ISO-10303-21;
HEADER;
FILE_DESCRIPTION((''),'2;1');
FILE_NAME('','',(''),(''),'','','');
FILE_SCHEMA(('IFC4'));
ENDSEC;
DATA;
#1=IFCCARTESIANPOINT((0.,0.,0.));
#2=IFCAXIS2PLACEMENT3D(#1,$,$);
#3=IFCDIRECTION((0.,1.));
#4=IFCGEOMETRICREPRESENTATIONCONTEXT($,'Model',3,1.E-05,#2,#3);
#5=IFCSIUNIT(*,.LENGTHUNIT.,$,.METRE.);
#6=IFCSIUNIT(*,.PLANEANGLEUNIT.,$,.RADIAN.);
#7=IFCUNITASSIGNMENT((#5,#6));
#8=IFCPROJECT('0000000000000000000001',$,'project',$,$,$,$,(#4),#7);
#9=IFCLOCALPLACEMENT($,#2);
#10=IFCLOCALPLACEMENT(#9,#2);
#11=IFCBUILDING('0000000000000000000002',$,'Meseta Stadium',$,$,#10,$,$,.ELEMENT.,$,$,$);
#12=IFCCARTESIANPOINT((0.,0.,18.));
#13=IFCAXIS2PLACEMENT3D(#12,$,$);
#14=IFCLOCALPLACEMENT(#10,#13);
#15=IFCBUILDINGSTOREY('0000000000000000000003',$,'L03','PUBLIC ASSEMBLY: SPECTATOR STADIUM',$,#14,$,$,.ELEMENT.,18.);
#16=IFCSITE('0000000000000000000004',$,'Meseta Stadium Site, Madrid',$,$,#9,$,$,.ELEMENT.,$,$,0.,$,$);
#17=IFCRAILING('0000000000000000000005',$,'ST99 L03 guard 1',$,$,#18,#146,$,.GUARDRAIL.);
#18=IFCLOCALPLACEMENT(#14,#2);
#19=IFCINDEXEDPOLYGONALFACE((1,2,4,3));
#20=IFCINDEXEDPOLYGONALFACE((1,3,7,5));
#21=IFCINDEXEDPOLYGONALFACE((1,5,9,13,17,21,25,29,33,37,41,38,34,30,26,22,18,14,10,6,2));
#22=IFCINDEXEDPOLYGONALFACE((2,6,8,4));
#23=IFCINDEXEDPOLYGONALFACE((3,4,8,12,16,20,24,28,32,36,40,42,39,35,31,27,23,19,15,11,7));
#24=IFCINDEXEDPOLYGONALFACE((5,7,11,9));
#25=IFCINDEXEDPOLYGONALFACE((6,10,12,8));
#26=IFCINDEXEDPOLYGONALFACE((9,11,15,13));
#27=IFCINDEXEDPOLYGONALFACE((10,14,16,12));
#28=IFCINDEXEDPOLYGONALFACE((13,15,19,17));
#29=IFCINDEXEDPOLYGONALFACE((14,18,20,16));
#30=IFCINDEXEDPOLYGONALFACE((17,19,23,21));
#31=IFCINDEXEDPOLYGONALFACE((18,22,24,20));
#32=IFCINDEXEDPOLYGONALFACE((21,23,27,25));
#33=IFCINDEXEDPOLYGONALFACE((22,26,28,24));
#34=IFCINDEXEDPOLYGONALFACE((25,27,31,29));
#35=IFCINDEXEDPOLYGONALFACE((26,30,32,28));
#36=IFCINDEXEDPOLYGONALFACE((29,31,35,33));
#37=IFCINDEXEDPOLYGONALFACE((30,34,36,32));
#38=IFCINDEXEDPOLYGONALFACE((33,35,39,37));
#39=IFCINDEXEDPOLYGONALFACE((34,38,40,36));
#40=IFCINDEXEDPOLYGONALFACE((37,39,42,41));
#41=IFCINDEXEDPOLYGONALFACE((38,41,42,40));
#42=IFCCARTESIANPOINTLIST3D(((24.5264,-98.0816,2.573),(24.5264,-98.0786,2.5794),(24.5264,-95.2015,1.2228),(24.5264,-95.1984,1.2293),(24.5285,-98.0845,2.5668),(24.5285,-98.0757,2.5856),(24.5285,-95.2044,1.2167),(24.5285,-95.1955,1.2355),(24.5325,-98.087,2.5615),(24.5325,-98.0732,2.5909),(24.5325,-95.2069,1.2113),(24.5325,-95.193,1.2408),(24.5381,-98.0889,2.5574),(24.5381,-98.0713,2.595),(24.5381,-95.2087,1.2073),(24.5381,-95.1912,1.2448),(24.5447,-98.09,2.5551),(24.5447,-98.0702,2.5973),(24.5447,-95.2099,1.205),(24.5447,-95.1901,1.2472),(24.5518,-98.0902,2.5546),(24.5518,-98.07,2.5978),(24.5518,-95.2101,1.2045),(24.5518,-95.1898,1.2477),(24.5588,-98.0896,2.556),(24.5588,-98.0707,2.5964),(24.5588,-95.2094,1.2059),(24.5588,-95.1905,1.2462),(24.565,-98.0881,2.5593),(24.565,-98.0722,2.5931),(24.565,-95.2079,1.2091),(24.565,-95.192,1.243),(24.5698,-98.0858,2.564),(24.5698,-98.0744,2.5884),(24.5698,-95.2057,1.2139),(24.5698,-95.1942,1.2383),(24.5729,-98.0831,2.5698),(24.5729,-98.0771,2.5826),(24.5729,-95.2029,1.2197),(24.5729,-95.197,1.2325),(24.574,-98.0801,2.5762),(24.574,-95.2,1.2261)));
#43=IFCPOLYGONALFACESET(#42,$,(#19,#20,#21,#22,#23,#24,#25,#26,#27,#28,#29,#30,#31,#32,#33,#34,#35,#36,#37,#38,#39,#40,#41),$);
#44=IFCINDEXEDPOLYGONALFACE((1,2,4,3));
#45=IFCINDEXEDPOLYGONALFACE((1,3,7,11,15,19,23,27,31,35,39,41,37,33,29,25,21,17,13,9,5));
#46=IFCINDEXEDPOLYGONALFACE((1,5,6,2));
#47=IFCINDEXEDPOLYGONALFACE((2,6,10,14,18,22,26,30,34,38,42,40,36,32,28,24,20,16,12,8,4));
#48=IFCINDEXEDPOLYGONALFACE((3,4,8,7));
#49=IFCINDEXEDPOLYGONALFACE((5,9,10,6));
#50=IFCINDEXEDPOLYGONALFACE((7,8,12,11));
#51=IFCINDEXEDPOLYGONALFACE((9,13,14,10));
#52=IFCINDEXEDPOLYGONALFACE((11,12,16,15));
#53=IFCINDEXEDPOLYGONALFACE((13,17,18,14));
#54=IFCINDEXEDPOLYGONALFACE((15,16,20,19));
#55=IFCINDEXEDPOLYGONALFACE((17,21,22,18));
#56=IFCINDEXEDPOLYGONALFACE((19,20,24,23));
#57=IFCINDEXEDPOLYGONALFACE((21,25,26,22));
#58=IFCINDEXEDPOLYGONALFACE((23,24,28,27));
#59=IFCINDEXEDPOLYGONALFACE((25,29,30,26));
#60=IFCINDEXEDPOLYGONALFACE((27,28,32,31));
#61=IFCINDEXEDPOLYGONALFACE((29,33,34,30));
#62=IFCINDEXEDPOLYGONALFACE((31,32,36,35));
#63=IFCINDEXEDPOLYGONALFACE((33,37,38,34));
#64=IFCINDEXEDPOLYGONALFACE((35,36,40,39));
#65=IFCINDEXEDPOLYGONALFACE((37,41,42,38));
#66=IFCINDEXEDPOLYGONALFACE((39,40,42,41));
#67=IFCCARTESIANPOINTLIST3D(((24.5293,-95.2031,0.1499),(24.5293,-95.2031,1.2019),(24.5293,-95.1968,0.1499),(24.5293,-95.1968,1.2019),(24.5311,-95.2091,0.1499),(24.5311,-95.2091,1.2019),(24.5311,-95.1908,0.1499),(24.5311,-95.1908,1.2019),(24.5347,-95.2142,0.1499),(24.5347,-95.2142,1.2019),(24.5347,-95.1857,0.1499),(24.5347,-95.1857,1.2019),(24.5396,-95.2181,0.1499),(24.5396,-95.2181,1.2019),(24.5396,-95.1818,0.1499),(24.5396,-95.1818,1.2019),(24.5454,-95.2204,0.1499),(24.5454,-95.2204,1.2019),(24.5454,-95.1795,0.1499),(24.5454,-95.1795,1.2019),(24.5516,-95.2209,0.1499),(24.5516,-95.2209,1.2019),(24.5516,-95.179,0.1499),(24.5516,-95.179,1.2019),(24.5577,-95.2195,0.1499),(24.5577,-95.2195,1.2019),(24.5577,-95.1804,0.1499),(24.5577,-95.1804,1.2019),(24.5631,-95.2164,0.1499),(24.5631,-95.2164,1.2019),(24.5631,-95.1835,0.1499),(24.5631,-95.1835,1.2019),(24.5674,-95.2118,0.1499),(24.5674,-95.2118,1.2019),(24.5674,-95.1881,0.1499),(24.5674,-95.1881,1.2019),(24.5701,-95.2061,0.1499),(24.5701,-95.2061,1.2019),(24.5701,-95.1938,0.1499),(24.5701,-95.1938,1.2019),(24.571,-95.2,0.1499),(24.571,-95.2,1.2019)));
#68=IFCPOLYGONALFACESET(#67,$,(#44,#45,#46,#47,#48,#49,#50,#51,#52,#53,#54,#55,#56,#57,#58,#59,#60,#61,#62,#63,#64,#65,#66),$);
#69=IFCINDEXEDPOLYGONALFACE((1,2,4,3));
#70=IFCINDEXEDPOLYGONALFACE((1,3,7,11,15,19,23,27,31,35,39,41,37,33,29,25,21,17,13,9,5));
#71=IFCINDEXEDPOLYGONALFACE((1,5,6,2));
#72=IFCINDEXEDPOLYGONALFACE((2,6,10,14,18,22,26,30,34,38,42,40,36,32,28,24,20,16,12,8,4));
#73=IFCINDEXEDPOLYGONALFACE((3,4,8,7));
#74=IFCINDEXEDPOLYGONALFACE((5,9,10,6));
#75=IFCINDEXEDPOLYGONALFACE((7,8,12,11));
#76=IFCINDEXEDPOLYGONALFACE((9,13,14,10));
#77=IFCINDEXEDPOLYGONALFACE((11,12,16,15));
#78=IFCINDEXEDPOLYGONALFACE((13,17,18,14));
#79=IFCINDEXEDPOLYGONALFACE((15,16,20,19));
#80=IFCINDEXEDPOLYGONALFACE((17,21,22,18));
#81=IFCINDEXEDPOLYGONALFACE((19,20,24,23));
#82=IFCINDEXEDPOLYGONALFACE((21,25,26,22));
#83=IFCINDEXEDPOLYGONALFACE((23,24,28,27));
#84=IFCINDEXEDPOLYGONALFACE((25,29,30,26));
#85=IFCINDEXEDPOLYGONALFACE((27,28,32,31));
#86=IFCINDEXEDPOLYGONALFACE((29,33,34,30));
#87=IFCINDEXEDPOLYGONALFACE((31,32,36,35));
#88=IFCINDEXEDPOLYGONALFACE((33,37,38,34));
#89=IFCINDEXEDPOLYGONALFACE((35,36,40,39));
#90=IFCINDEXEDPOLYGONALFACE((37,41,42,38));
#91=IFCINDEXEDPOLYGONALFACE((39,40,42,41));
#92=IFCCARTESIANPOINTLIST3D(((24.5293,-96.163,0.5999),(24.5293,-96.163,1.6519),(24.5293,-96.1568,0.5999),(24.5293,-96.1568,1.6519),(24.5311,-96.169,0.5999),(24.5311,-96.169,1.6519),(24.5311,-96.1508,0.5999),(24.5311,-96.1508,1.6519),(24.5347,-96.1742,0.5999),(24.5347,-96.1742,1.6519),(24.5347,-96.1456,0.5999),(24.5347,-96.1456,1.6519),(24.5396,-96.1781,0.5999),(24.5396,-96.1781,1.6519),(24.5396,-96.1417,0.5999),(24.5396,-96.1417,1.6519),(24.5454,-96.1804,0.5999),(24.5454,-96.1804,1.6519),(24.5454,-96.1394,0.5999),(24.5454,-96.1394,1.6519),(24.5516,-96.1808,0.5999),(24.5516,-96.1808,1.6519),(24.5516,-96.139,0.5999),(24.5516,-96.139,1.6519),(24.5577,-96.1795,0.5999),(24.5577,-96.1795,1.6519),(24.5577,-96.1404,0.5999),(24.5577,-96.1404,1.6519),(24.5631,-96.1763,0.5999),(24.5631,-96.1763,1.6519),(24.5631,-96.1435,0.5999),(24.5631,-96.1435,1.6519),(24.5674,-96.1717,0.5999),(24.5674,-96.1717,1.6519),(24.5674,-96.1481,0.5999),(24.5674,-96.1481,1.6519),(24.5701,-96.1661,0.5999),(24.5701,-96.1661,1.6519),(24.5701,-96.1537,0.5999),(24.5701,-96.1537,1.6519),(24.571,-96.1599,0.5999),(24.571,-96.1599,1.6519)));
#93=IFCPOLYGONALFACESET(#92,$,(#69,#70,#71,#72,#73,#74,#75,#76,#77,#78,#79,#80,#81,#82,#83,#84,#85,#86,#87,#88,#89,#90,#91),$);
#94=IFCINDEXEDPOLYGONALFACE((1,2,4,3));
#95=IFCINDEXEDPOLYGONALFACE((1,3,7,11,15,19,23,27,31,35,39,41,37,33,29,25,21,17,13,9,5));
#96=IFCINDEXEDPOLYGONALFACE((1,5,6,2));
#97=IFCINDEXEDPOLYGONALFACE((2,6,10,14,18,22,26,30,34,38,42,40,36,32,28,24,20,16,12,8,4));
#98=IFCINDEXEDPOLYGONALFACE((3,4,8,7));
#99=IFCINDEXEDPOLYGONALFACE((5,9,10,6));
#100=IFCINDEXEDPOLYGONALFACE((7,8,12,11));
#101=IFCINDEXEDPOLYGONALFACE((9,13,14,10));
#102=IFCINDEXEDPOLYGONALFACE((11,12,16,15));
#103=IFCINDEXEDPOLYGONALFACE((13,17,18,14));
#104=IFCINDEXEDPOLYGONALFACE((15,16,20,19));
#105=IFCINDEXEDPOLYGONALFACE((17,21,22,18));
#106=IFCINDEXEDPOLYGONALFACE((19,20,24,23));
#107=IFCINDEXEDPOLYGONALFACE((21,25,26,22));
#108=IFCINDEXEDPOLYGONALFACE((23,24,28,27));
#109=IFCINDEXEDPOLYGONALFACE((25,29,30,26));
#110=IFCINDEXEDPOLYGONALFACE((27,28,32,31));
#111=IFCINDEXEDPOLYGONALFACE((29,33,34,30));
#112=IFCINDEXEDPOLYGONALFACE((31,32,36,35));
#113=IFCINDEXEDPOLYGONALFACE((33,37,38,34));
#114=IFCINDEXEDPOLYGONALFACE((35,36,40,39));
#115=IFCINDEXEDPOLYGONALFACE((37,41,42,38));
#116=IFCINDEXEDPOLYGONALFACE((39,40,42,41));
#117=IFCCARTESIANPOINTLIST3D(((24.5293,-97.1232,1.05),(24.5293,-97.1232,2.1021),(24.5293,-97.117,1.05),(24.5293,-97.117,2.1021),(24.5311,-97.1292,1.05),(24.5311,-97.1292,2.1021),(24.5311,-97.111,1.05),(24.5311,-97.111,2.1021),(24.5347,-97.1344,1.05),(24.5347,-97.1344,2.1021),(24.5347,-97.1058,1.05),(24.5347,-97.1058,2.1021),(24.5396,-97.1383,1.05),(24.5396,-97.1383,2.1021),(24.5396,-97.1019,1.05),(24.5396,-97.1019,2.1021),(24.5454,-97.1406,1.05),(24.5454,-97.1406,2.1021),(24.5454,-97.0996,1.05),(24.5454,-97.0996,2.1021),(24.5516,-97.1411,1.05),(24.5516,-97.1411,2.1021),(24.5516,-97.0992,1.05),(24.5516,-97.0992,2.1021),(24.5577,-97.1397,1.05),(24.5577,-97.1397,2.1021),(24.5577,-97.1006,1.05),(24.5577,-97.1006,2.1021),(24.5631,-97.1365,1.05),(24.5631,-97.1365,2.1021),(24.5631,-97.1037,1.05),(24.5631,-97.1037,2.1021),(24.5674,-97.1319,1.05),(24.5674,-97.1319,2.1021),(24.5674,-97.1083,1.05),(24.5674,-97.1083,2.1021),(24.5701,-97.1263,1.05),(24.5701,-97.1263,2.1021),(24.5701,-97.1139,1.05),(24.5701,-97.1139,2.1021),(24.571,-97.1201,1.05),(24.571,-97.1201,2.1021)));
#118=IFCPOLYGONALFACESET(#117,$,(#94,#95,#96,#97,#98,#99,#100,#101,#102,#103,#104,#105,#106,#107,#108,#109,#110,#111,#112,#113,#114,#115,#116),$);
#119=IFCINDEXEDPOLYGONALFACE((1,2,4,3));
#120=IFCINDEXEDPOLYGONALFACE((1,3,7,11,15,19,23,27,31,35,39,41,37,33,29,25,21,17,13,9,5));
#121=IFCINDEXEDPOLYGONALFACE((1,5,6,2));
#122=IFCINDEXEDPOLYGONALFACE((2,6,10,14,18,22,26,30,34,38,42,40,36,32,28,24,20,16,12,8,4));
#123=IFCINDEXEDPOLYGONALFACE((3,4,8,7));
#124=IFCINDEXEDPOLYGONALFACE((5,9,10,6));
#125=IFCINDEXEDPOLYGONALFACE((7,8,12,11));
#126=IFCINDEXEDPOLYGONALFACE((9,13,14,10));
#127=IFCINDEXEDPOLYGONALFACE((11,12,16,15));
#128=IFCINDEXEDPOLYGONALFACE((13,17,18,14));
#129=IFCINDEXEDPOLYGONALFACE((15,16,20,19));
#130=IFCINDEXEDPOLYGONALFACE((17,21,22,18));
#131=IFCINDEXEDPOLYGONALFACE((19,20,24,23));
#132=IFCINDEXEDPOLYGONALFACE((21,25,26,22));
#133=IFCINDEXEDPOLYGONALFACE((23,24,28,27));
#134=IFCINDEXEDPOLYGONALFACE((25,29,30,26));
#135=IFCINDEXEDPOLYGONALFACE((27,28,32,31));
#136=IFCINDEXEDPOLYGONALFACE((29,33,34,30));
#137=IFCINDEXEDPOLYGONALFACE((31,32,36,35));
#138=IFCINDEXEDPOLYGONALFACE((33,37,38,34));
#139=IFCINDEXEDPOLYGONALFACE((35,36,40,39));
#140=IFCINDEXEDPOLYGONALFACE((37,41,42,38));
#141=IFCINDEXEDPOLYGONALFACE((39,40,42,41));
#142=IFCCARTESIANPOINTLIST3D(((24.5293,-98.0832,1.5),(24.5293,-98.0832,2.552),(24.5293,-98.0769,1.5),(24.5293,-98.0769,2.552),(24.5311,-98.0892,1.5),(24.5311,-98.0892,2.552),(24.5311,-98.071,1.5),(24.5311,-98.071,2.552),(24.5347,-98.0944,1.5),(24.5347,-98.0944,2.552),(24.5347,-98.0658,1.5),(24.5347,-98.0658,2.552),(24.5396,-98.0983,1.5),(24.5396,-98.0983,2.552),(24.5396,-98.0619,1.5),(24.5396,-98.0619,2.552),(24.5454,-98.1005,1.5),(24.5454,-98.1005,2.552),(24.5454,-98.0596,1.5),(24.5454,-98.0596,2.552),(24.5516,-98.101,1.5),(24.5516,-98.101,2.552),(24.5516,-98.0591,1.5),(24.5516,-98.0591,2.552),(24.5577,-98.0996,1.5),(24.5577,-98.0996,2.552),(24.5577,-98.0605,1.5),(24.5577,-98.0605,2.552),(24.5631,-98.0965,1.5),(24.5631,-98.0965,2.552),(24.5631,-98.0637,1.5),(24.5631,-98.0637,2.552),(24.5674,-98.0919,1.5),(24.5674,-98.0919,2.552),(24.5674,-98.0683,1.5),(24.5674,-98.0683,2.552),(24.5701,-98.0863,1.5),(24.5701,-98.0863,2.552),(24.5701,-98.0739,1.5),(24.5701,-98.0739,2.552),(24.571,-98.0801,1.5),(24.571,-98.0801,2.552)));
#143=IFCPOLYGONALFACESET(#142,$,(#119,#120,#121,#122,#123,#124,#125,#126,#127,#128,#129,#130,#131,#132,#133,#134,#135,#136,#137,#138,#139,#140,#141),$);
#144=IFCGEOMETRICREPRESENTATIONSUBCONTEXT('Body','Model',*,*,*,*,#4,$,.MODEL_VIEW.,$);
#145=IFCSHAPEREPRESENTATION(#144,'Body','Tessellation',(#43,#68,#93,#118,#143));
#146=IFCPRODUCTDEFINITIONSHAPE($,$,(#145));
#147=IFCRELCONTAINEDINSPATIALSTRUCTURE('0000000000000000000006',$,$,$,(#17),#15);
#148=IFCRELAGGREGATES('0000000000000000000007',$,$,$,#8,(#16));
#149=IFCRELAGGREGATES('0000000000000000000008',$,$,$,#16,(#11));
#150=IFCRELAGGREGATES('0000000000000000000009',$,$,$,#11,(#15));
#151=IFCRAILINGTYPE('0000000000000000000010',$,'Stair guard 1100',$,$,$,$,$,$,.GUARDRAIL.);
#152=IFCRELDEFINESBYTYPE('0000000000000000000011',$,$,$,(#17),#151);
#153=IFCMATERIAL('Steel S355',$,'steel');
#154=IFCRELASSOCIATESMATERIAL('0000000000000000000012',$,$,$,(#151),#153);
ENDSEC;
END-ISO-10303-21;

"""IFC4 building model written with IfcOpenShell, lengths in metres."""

from ifc_helpers import new_model, si_unit, direction, frame, origin, origin_2d, place, context, subcontext, project, spatial, circle, extrude, material, type_object, element, save


model = new_model("IFC4")

# Units and contexts
model_context = context("Model", 3, precision=1e-05, world=origin(), true_north=direction((0.0, 1.0)))
body_context = subcontext(model_context, "Body", "Model", "MODEL_VIEW")
ifc_project = project(units=[si_unit("LENGTHUNIT", "METRE"), si_unit("PLANEANGLEUNIT", "RADIAN")], contexts=[model_context])

# Site, building, storey
site_placement = place(None, origin())
site = spatial("IfcSite", under=ifc_project, at=site_placement, Name="Meseta Stadium Site, Madrid", CompositionType="ELEMENT", RefElevation=0.0)
building_placement = place(site_placement, origin())
building = spatial("IfcBuilding", under=site, at=building_placement, Name="Meseta Stadium", CompositionType="ELEMENT")
storey_placement = place(building_placement, frame((0.0, 0.0, 18.0)))
storey = spatial("IfcBuildingStorey", under=building, at=storey_placement, Name="L03", Description="PUBLIC ASSEMBLY: SPECTATOR STADIUM", CompositionType="ELEMENT", Elevation=18.0)

# Railing
ifc_material_1 = material(Name="Steel S355", Category="steel")
railing_type_1 = type_object("IfcRailingType", Name="Stair guard 1100", PredefinedType="GUARDRAIL", material=ifc_material_1)
railing_1_placement = place(storey_placement, frame((24.55, -95.2, 0.1499)))
element("IfcRailing", 1, at=railing_1_placement, inside=storey, type_object=railing_type_1, Name="ST99 L03 guard 1", PredefinedType="GUARDRAIL", context=body_context, shape_type="SweptSolid", body=[
    extrude(circle(Radius=0.0239, at=origin_2d()), frame((0.0, 0.0, 1.0762), z_axis=(0.0, -0.905454, 0.424444), x_axis=(1.0, 0.0, 0.0)), (0.0, 0.0, 1.0), 3.1809),
    extrude(circle(Radius=0.021, at=origin_2d()), origin(), (0.0, 0.0, 1.0), 1.052),
    extrude(circle(Radius=0.021, at=origin_2d()), frame((0.0, -0.96, 0.45)), (0.0, 0.0, 1.0), 1.052),
    extrude(circle(Radius=0.021, at=origin_2d()), frame((0.0, -1.9202, 0.9001)), (0.0, 0.0, 1.0), 1.052),
    extrude(circle(Radius=0.021, at=origin_2d()), frame((0.0, -2.8801, 1.3501)), (0.0, 0.0, 1.0), 1.052),
])

save(model, "model.ifc")
